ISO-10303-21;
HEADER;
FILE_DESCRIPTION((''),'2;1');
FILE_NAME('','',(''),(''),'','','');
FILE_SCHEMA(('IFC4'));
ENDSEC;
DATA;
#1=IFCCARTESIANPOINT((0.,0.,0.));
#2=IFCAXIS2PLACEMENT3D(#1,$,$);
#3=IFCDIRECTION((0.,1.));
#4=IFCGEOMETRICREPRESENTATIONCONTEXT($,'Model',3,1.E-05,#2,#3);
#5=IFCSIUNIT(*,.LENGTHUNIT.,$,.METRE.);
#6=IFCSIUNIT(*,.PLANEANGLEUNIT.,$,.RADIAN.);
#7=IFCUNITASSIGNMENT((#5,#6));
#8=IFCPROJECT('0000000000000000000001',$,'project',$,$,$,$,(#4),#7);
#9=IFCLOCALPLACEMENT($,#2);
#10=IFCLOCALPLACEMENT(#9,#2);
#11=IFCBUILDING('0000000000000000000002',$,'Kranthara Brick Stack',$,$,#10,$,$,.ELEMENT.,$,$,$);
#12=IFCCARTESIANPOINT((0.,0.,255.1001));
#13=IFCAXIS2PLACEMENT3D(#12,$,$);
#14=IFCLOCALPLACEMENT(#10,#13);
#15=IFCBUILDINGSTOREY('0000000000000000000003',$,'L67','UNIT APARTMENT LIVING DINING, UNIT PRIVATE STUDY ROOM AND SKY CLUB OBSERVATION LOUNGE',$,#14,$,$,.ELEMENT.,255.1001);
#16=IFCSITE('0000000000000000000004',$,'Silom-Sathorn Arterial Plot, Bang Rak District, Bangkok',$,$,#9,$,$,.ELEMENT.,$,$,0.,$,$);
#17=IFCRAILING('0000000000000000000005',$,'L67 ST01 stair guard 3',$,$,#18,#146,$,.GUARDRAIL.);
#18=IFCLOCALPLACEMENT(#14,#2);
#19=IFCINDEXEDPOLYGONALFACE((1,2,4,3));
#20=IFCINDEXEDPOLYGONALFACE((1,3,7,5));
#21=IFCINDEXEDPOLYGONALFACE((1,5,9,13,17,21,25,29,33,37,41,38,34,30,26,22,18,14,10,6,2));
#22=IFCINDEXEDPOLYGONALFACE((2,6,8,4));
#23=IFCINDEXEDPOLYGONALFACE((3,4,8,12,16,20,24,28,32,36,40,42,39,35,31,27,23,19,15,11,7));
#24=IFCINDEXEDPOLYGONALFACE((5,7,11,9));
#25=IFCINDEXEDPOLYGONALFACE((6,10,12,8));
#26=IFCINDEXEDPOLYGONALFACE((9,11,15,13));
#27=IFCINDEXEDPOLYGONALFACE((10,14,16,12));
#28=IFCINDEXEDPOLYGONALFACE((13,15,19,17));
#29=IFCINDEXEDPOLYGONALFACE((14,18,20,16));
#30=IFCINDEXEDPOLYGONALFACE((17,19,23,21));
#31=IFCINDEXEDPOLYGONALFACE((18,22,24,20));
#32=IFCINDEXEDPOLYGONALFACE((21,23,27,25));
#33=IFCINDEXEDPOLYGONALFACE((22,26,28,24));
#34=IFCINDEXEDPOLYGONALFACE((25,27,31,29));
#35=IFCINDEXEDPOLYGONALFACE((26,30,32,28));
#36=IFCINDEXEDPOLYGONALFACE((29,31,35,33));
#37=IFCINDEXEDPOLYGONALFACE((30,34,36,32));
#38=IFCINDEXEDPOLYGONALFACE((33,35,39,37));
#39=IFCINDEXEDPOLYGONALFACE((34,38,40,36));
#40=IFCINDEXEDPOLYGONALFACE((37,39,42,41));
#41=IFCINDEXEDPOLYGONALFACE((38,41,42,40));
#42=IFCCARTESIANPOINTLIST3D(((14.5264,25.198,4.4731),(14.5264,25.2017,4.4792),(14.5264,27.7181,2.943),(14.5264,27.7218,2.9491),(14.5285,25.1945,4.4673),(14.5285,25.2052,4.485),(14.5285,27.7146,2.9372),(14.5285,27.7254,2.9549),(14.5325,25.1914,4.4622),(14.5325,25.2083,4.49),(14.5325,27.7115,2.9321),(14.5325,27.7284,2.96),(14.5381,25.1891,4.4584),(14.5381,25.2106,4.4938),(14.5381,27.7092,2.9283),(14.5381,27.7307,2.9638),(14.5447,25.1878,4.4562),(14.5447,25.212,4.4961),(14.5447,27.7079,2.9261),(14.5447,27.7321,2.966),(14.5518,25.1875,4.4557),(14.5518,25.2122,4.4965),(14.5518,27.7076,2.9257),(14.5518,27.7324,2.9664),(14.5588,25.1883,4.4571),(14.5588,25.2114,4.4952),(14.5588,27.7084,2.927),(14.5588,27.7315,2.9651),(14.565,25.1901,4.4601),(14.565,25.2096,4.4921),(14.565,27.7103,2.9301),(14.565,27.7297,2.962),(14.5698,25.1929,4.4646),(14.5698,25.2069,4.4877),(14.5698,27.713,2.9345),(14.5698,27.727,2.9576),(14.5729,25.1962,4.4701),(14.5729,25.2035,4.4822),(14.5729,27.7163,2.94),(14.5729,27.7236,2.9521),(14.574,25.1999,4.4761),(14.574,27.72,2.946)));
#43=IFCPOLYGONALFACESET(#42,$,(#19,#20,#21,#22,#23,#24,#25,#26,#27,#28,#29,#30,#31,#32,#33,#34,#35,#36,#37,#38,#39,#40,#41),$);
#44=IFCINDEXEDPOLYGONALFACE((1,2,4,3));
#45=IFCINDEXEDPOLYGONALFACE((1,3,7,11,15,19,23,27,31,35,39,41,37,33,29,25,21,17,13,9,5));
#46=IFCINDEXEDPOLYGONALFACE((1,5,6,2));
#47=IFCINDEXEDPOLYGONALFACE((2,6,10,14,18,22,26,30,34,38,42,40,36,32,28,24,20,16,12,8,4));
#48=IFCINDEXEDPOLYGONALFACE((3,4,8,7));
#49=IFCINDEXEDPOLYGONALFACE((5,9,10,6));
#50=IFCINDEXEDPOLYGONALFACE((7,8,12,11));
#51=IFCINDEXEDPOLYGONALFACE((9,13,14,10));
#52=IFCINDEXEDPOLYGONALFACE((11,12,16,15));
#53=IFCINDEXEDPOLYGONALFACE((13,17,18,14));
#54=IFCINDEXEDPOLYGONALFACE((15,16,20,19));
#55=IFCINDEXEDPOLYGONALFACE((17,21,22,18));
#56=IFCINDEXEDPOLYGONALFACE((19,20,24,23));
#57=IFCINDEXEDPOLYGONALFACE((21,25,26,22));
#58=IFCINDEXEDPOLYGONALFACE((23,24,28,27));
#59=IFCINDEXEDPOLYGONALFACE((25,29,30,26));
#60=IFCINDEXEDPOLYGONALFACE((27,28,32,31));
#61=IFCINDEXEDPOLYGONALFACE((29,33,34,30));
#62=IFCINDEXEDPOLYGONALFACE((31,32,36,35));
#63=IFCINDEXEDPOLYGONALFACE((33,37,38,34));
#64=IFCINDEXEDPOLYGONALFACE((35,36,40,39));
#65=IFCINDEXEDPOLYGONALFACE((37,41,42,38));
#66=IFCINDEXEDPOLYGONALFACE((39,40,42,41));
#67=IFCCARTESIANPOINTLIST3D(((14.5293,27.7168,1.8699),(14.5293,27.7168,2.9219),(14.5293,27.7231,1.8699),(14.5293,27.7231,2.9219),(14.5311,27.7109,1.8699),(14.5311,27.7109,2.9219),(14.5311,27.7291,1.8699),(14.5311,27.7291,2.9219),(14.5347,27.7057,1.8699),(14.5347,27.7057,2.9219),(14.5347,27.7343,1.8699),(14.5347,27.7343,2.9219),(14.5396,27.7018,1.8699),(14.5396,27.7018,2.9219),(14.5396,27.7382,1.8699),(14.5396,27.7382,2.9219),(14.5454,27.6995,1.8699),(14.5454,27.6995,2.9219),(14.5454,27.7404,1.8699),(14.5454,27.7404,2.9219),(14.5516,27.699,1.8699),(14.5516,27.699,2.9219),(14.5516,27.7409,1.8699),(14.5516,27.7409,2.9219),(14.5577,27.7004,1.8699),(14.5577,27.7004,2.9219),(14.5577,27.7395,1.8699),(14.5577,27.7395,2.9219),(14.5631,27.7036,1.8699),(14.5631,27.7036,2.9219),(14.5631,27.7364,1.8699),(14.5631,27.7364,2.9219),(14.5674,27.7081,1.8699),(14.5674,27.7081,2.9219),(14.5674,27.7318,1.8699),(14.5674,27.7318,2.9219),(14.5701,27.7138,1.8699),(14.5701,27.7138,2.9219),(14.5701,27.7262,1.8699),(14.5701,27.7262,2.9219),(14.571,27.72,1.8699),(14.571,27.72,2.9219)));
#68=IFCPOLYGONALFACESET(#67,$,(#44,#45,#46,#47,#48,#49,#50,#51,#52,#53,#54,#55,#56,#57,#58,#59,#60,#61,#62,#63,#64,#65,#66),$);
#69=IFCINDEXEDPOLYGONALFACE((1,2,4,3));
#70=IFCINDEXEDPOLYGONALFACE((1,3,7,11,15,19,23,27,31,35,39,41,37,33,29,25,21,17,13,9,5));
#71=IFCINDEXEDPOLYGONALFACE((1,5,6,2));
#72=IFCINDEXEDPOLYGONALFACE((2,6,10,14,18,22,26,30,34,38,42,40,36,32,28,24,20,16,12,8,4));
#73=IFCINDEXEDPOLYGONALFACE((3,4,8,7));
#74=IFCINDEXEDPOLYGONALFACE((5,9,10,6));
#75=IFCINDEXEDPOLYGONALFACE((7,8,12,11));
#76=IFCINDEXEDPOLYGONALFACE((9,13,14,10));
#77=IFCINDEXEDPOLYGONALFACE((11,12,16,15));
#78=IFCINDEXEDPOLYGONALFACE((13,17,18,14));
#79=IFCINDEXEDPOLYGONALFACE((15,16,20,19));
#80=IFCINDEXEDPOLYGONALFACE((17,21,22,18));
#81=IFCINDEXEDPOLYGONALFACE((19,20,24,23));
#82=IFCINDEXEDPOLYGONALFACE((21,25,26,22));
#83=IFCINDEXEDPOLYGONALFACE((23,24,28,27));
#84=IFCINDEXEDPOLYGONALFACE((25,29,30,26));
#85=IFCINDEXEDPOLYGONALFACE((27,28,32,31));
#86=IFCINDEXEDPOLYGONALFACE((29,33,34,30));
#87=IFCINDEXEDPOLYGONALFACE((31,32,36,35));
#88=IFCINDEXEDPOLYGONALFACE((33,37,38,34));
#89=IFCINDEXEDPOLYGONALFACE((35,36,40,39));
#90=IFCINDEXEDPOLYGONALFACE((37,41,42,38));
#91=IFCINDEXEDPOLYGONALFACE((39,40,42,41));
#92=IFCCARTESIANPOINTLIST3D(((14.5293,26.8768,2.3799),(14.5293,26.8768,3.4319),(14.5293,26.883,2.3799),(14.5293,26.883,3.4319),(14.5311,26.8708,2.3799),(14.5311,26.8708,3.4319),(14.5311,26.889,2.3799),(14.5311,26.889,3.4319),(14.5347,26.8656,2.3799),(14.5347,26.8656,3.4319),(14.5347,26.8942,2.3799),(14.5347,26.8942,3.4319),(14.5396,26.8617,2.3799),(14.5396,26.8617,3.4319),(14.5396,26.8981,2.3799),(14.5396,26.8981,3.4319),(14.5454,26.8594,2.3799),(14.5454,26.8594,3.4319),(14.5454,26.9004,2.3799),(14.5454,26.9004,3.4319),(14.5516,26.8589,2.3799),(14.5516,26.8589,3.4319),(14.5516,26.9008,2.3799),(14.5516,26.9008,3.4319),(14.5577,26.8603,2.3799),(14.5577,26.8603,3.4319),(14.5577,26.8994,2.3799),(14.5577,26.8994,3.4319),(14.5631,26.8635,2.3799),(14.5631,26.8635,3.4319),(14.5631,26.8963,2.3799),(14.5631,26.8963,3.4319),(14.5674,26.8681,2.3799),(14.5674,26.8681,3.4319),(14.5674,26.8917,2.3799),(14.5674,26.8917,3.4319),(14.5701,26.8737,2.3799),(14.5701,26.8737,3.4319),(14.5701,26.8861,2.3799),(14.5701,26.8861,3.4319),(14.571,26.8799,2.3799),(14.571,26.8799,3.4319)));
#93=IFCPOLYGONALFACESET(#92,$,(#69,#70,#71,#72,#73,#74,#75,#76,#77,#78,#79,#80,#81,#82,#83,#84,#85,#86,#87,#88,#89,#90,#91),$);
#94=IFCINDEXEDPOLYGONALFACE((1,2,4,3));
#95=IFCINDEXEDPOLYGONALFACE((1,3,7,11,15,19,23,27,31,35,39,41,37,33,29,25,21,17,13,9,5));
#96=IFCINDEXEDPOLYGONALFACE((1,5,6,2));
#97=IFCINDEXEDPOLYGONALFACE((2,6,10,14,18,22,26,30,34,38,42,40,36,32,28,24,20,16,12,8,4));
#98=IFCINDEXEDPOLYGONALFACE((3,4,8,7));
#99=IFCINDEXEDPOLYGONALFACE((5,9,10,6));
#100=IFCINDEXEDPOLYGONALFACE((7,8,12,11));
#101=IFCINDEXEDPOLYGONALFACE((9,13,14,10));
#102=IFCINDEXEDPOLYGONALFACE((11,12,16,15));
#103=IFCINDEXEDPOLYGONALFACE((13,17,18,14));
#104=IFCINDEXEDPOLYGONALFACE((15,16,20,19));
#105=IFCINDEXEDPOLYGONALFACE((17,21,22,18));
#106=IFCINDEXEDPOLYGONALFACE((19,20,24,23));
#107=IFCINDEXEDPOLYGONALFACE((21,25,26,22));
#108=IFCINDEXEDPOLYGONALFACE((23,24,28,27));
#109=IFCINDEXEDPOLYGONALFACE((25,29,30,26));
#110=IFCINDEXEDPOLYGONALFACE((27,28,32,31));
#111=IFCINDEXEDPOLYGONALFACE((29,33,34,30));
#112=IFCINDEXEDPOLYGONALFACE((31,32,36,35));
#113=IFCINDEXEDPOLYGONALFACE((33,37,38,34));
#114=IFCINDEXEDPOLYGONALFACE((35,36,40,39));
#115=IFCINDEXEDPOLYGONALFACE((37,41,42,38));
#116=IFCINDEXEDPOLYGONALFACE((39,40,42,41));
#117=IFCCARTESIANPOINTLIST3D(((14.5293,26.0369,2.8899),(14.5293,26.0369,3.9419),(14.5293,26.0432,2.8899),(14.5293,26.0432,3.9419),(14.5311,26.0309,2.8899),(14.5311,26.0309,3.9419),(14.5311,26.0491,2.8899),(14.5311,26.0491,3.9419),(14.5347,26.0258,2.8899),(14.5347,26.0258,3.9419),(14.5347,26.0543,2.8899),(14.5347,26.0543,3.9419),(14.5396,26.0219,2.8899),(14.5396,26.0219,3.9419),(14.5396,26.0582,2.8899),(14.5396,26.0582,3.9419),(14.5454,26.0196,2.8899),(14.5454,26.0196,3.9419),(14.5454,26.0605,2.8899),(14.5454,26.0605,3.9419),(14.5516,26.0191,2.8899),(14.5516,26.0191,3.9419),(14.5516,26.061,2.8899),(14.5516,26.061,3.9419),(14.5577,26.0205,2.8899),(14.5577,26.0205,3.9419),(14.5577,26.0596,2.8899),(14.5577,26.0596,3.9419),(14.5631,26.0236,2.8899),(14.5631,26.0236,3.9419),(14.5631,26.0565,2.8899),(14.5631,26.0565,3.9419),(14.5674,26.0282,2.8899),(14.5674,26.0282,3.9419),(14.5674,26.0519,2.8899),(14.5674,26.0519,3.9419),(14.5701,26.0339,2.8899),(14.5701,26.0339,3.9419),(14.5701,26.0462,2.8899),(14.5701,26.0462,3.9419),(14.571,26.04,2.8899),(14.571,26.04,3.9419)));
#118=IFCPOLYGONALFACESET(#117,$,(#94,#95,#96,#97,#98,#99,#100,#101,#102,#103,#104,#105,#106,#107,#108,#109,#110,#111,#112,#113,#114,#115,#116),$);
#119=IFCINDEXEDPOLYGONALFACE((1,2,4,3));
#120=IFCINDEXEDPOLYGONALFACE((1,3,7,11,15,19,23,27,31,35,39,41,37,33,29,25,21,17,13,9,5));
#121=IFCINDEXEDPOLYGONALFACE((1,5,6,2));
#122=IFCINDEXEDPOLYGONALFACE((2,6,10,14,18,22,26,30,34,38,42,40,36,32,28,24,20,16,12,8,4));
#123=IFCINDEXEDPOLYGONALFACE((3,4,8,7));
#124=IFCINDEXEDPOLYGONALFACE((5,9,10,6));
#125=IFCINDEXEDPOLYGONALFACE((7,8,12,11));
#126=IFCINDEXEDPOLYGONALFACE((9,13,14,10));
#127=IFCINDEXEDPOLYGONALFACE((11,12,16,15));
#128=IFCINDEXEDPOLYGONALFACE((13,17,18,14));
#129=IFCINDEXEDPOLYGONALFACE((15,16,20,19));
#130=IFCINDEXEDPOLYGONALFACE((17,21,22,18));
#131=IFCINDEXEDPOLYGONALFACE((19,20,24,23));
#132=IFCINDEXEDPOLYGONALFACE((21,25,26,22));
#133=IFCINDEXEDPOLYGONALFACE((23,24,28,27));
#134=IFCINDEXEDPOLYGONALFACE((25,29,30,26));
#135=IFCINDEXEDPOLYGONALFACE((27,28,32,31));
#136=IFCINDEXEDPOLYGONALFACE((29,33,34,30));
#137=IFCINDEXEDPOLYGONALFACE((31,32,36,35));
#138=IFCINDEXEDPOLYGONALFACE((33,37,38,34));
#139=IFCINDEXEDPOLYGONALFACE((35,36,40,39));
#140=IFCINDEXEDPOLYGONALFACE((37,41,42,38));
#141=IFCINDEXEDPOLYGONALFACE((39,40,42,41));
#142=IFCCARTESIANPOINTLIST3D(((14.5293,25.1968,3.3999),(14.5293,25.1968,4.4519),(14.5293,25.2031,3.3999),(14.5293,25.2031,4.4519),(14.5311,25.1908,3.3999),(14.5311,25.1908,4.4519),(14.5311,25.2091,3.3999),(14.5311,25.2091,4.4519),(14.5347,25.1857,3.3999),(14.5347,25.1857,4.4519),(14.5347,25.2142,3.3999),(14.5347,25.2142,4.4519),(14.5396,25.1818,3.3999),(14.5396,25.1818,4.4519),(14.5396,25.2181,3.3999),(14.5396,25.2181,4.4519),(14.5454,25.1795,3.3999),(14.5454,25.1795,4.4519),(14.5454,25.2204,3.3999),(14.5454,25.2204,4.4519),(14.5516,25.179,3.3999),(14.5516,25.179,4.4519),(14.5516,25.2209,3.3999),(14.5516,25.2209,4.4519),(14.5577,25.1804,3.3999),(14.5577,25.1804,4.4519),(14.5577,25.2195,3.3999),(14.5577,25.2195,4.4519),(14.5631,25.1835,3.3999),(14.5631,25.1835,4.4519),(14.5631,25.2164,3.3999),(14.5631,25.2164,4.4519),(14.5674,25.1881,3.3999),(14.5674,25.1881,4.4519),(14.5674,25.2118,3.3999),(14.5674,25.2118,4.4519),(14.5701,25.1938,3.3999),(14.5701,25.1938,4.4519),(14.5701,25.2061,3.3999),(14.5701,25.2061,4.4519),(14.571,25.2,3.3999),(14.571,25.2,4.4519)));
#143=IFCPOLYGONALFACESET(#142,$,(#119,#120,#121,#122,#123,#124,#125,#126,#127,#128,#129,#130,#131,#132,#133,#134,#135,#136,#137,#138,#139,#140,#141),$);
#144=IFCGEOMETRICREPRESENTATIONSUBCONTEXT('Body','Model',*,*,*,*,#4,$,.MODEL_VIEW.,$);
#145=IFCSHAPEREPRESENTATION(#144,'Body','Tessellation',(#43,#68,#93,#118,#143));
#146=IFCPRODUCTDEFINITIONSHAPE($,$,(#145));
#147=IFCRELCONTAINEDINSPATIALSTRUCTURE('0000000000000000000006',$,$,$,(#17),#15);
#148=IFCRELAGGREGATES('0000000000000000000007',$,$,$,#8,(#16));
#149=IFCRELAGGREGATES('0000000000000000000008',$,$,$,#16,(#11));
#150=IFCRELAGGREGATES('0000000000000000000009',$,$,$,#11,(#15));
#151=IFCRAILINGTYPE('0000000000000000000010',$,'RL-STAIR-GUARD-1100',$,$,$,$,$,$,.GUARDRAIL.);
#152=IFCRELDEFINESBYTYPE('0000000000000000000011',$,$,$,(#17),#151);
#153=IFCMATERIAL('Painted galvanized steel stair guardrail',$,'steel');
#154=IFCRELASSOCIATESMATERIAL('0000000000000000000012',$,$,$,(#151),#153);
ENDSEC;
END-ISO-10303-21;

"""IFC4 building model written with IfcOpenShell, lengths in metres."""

from ifc_helpers import new_model, si_unit, direction, frame, origin, origin_2d, place, context, subcontext, project, spatial, circle, extrude, material, type_object, element, save


model = new_model("IFC4")

# Units and contexts
model_context = context("Model", 3, precision=1e-05, world=origin(), true_north=direction((0.0, 1.0)))
body_context = subcontext(model_context, "Body", "Model", "MODEL_VIEW")
ifc_project = project(units=[si_unit("LENGTHUNIT", "METRE"), si_unit("PLANEANGLEUNIT", "RADIAN")], contexts=[model_context])

# Site, building, storey
site_placement = place(None, origin())
site = spatial("IfcSite", under=ifc_project, at=site_placement, Name="Silom-Sathorn Arterial Plot, Bang Rak District, Bangkok", CompositionType="ELEMENT", RefElevation=0.0)
building_placement = place(site_placement, origin())
building = spatial("IfcBuilding", under=site, at=building_placement, Name="Kranthara Brick Stack", CompositionType="ELEMENT")
storey_placement = place(building_placement, frame((0.0, 0.0, 255.1001)))
storey = spatial("IfcBuildingStorey", under=building, at=storey_placement, Name="L67", Description="UNIT APARTMENT LIVING DINING, UNIT PRIVATE STUDY ROOM AND SKY CLUB OBSERVATION LOUNGE", CompositionType="ELEMENT", Elevation=255.1001)

# Railing
ifc_material_1 = material(Name="Painted galvanized steel stair guardrail", Category="steel")
railing_type_1 = type_object("IfcRailingType", Name="RL-STAIR-GUARD-1100", PredefinedType="GUARDRAIL", material=ifc_material_1)
railing_1_placement = place(storey_placement, frame((14.55, 27.72, 1.8699)))
element("IfcRailing", 1, at=railing_1_placement, inside=storey, type_object=railing_type_1, Name="L67 ST01 stair guard 3", PredefinedType="GUARDRAIL", context=body_context, shape_type="SweptSolid", body=[
    extrude(circle(Radius=0.0239, at=origin_2d()), frame((0.0, 0.0, 1.0762), z_axis=(0.0, -0.854785, 0.518982), x_axis=(1.0, 0.0, 0.0)), (0.0, 0.0, 1.0), 2.9482),
    extrude(circle(Radius=0.021, at=origin_2d()), origin(), (0.0, 0.0, 1.0), 1.052),
    extrude(circle(Radius=0.021, at=origin_2d()), frame((0.0, -0.8401, 0.51)), (0.0, 0.0, 1.0), 1.052),
    extrude(circle(Radius=0.021, at=origin_2d()), frame((0.0, -1.6799, 1.02)), (0.0, 0.0, 1.0), 1.052),
    extrude(circle(Radius=0.021, at=origin_2d()), frame((0.0, -2.52, 1.53)), (0.0, 0.0, 1.0), 1.052),
])

save(model, "model.ifc")
